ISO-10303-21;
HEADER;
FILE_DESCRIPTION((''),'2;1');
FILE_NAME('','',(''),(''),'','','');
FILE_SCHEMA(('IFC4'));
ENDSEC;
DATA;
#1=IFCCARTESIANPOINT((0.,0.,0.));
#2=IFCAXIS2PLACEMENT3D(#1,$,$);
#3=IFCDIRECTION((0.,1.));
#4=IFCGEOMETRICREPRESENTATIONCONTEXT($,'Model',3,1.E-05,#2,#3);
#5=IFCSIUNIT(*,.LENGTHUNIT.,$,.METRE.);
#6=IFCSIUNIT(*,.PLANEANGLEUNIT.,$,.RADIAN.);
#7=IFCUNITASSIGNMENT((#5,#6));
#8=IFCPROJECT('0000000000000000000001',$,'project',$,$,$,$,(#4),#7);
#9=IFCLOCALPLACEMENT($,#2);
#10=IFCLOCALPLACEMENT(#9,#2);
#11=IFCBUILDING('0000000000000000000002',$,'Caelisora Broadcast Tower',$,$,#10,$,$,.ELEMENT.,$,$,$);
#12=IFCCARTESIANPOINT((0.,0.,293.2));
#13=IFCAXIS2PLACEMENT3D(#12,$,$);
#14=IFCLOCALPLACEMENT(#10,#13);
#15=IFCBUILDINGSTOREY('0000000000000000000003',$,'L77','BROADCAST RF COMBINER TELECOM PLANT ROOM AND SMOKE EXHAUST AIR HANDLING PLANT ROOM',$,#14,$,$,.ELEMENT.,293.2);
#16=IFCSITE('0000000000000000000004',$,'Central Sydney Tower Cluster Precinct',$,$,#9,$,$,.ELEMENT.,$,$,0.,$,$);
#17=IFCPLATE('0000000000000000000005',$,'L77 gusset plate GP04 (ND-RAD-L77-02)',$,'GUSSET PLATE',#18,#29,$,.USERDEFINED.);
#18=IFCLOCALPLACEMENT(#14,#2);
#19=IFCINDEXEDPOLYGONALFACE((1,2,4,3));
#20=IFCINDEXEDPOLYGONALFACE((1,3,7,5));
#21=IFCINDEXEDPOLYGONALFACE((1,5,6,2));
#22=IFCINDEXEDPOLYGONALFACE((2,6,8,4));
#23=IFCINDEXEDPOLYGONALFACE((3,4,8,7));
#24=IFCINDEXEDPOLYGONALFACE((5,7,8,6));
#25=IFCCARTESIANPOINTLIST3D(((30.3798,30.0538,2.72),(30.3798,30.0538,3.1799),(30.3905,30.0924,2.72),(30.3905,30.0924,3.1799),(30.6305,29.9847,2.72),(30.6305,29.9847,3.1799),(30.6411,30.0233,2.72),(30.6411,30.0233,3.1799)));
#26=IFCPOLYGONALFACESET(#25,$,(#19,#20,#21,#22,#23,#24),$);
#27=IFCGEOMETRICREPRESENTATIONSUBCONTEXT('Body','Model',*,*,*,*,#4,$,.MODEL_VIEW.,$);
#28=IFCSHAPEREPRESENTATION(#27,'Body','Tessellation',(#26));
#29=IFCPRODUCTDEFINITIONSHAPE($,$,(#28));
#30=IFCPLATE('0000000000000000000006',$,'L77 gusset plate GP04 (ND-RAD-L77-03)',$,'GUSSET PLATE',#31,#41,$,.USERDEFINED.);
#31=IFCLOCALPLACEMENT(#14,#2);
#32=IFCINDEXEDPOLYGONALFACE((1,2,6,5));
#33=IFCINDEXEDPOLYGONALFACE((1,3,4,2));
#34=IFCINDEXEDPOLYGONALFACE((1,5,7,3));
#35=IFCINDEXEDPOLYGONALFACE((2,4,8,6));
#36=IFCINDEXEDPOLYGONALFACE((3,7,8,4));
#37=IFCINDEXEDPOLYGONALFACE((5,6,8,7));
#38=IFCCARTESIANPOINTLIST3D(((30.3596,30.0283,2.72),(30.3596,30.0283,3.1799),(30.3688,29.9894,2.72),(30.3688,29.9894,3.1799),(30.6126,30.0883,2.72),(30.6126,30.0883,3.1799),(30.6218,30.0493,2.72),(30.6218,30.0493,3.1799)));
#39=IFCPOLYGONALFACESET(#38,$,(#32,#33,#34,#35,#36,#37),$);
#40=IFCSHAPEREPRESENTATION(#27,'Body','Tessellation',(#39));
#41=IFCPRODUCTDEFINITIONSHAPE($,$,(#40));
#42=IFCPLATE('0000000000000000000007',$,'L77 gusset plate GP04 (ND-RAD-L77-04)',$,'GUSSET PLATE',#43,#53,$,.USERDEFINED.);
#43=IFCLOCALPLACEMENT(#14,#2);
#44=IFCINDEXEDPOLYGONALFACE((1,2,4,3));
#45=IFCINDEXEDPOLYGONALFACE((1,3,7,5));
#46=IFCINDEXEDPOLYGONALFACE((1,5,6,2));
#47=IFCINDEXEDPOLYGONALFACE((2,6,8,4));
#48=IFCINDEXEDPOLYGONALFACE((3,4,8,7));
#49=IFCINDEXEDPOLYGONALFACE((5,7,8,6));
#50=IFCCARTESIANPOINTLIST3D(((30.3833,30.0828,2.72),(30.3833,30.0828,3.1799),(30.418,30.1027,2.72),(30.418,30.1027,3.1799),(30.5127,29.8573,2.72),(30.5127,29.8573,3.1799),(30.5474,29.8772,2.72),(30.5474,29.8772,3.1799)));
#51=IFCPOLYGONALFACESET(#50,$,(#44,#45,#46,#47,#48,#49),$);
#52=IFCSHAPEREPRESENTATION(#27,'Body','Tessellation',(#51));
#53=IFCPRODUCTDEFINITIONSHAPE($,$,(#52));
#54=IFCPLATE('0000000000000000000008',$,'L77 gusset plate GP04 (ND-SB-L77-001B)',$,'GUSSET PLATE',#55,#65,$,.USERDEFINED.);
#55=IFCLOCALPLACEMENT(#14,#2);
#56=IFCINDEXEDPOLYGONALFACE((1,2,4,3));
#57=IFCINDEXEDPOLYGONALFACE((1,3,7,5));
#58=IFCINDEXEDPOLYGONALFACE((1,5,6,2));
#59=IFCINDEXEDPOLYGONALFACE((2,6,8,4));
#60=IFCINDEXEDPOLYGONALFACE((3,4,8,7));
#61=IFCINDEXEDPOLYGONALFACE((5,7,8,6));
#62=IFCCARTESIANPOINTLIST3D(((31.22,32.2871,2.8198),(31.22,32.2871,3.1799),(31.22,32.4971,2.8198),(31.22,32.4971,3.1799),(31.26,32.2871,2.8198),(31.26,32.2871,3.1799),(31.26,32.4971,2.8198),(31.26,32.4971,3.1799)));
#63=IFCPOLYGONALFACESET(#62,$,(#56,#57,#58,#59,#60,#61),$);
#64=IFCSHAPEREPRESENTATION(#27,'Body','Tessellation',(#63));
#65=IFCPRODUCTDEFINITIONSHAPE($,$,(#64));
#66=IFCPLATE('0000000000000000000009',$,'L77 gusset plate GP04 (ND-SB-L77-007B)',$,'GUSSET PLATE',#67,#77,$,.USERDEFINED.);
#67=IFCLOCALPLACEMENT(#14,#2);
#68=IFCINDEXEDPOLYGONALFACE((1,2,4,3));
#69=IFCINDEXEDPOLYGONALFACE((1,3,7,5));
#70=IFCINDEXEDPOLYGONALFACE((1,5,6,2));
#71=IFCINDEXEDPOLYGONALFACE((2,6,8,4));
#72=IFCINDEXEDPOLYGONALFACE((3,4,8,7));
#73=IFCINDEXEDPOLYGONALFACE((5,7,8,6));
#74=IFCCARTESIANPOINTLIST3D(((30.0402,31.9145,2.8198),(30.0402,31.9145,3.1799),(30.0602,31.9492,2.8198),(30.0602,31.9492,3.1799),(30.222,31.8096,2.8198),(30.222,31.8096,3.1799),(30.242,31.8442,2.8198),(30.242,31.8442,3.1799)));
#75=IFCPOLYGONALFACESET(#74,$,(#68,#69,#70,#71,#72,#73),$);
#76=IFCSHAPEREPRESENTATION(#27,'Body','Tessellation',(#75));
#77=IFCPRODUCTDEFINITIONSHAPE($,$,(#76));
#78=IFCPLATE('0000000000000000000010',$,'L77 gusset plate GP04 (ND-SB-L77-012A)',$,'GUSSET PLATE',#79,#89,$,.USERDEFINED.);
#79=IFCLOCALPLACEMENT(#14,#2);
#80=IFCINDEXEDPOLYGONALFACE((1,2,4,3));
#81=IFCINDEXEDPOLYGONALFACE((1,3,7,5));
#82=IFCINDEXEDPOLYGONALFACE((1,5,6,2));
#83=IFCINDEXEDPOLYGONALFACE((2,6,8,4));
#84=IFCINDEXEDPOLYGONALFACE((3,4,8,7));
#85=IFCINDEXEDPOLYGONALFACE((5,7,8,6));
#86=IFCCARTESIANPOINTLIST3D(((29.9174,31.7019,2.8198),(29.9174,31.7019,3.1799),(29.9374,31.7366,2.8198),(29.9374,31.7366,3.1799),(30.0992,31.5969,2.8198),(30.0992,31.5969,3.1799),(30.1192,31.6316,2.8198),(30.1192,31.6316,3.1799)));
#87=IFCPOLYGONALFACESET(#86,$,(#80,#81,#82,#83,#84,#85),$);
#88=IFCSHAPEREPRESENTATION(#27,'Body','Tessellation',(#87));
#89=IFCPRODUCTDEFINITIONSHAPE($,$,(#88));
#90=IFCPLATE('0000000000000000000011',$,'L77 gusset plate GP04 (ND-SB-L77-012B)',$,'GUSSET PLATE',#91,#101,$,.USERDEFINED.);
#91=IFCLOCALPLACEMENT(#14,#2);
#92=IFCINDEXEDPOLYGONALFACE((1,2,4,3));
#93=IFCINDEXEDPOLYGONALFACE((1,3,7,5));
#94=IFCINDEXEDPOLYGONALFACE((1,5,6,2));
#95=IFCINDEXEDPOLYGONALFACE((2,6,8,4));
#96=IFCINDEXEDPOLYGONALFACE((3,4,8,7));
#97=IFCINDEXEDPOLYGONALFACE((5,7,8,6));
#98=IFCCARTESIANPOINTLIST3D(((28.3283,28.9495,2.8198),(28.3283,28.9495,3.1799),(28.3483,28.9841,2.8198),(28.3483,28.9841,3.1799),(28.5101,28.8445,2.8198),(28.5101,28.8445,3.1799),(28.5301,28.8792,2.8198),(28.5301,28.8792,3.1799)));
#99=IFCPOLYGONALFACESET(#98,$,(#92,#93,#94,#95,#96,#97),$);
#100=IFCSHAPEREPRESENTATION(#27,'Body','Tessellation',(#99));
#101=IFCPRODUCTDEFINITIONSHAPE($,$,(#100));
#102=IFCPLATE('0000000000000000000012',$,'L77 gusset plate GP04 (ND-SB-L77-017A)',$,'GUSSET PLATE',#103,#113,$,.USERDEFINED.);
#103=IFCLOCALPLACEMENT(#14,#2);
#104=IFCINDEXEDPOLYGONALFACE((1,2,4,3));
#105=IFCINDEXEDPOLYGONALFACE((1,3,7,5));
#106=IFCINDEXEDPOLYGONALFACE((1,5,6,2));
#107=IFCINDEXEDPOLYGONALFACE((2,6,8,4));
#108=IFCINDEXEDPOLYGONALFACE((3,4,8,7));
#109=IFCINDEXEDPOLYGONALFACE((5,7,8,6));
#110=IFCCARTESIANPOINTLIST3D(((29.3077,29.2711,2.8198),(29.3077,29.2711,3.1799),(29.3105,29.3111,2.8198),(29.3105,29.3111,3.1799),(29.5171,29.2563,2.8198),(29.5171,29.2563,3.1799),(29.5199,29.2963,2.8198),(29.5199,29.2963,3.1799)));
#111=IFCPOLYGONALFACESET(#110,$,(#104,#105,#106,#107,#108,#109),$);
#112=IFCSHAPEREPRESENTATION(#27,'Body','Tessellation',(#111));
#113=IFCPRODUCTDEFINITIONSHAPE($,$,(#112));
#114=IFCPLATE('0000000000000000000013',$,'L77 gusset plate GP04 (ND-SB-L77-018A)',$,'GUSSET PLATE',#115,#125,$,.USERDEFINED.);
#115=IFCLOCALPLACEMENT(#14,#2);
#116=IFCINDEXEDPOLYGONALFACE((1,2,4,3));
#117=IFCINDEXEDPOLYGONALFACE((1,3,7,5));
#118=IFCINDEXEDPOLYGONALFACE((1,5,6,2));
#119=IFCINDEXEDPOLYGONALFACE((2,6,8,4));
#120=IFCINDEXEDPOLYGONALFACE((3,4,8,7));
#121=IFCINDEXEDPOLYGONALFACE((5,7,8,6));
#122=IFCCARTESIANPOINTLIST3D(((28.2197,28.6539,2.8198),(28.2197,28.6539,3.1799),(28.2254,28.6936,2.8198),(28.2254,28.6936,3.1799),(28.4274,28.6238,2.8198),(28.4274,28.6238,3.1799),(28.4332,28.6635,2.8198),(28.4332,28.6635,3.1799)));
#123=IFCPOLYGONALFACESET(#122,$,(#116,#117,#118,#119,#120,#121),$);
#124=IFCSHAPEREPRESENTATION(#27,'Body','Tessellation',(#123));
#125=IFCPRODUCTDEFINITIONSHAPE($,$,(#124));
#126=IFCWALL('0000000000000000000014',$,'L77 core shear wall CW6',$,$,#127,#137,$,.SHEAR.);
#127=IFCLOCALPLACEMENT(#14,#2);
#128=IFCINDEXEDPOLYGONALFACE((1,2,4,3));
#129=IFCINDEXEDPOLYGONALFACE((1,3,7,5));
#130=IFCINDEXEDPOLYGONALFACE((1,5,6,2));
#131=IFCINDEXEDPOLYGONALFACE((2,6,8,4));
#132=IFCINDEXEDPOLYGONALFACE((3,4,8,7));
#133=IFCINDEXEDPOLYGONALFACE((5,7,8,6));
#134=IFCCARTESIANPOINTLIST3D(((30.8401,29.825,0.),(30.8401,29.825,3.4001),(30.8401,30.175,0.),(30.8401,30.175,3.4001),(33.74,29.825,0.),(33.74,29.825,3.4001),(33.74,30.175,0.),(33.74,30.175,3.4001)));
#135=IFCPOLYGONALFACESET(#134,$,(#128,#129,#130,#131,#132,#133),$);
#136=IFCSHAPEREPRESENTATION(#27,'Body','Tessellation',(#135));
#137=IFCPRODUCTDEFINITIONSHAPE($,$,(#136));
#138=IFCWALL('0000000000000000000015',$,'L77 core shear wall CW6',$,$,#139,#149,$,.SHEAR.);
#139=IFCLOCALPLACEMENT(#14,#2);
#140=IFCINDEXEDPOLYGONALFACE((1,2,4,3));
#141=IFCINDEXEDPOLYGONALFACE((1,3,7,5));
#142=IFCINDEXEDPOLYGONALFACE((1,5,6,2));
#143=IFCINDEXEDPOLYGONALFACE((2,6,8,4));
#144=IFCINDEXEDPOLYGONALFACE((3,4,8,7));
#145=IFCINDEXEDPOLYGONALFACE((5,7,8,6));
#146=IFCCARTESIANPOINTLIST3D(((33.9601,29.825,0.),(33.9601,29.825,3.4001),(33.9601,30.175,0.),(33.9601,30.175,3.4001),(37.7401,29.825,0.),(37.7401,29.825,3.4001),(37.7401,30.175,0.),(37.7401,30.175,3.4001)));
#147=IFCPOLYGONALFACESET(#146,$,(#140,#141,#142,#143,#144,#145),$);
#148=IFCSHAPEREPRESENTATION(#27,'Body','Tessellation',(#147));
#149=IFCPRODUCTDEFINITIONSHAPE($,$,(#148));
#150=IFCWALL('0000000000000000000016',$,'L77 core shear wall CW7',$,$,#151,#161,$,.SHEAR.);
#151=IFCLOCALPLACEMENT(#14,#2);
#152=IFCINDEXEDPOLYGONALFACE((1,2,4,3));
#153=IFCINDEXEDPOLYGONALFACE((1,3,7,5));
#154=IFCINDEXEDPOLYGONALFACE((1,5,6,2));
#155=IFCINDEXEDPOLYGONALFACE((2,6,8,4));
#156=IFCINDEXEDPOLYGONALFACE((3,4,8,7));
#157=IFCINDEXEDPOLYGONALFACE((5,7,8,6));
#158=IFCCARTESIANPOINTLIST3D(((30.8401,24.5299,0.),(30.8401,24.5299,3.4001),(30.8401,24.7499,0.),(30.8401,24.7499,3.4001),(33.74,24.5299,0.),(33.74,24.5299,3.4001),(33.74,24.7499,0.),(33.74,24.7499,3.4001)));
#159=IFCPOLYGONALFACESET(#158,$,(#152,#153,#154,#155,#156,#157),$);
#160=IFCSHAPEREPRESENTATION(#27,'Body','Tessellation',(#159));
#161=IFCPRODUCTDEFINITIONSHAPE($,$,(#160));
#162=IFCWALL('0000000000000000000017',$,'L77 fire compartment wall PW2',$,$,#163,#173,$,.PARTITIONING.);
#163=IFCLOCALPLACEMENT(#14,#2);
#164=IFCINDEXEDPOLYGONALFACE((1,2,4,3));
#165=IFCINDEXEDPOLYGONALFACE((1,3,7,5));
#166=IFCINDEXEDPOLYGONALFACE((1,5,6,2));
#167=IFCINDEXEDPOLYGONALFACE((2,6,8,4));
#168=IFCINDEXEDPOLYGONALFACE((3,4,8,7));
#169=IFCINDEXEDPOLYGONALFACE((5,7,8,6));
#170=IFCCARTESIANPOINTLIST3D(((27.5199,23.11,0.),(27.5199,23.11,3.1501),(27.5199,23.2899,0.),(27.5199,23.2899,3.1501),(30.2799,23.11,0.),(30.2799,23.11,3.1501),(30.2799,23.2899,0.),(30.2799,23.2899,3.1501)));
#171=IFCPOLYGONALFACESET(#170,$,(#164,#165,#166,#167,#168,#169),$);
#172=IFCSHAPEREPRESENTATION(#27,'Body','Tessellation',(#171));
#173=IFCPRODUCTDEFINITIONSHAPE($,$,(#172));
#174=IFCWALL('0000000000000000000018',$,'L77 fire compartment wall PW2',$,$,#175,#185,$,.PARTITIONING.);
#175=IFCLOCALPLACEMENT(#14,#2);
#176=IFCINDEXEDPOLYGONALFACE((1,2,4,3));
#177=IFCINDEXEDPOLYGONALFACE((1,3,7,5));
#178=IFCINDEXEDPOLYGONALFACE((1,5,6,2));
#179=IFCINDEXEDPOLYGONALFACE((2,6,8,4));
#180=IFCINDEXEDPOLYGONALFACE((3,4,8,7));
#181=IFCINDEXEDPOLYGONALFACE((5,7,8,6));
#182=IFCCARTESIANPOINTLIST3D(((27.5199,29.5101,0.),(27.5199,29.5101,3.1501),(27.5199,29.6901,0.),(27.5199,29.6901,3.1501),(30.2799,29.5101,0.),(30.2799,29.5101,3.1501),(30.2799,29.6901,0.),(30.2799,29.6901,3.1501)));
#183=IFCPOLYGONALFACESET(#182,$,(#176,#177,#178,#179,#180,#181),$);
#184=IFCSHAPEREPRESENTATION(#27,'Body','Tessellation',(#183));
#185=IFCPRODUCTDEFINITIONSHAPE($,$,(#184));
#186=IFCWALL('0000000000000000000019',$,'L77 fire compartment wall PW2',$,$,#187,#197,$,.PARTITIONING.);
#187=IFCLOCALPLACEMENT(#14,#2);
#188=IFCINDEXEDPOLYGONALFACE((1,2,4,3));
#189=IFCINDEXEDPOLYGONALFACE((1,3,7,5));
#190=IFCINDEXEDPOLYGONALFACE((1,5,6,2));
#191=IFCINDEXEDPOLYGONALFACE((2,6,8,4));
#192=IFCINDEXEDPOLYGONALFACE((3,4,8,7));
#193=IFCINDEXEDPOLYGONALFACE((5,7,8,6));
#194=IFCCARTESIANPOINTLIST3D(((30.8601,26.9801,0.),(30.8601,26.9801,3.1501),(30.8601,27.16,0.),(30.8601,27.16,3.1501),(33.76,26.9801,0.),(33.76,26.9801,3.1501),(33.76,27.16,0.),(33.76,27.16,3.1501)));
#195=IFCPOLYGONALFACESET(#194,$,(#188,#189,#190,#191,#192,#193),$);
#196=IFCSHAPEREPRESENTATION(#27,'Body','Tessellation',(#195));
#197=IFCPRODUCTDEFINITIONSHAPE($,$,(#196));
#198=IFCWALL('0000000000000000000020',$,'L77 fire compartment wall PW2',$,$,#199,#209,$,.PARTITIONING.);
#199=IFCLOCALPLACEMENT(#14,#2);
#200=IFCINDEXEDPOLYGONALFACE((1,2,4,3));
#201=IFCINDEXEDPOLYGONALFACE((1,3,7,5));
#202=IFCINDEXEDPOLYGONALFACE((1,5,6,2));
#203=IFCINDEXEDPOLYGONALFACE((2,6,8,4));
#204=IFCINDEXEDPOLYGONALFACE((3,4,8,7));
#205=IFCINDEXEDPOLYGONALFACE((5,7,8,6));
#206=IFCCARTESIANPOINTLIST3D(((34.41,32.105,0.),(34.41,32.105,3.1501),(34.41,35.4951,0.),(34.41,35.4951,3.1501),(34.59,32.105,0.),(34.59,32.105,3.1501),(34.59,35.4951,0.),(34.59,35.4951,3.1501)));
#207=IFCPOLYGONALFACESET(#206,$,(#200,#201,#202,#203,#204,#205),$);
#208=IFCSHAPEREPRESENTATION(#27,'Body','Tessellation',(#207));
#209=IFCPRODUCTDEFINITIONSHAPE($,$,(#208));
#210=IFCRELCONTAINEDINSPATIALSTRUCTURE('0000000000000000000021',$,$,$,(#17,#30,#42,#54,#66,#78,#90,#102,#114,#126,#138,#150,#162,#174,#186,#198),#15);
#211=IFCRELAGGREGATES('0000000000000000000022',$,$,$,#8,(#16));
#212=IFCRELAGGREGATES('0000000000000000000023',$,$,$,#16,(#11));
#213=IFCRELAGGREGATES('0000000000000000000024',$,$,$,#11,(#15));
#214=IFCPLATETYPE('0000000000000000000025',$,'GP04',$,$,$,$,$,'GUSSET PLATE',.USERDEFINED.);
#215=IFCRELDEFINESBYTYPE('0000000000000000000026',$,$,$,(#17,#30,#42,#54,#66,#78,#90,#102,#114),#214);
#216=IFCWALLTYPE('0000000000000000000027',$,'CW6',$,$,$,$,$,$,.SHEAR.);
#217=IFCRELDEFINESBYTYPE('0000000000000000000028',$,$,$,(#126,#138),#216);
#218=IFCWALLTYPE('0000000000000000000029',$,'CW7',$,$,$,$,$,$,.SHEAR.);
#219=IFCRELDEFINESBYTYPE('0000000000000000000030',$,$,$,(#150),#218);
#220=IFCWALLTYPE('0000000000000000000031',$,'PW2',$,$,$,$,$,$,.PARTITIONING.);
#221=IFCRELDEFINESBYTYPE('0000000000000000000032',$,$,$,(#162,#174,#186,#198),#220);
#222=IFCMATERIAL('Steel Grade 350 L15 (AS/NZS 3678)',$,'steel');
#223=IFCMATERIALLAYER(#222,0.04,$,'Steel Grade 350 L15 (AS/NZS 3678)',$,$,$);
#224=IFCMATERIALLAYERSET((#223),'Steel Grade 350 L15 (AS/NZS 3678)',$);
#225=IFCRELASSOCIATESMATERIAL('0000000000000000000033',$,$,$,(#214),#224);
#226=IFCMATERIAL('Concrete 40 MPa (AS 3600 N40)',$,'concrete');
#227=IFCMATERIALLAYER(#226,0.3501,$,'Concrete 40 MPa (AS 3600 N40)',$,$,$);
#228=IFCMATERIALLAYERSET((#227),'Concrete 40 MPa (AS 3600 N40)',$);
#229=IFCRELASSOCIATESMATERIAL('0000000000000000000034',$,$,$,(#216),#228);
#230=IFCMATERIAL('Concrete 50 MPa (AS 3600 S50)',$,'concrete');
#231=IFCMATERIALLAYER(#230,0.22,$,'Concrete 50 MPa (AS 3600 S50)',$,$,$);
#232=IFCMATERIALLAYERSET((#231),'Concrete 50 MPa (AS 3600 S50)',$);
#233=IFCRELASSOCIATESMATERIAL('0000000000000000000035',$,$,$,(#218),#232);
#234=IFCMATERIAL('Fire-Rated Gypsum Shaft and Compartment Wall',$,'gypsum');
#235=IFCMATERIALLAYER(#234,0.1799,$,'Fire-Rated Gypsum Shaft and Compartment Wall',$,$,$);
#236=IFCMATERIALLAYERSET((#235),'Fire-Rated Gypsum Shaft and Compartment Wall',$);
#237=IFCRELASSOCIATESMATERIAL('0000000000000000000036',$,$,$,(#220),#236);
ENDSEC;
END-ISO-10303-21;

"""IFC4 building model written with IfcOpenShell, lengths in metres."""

from ifc_helpers import new_model, si_unit, direction, frame, frame_2d, origin, origin_2d, place, context, subcontext, project, spatial, rectangle, extrude, source, transform, mapped, material, layer, layer_set, type_object, type_shapes, element, save


model = new_model("IFC4")

# Units and contexts
model_context = context("Model", 3, precision=1e-05, world=origin(), true_north=direction((0.0, 1.0)))
body_context = subcontext(model_context, "Body", "Model", "MODEL_VIEW")
ifc_project = project(units=[si_unit("LENGTHUNIT", "METRE"), si_unit("PLANEANGLEUNIT", "RADIAN")], contexts=[model_context])

# Site, building, storey
site_placement = place(None, origin())
site = spatial("IfcSite", under=ifc_project, at=site_placement, Name="Central Sydney Tower Cluster Precinct", CompositionType="ELEMENT", RefElevation=0.0)
building_placement = place(site_placement, origin())
building = spatial("IfcBuilding", under=site, at=building_placement, Name="Caelisora Broadcast Tower", CompositionType="ELEMENT")
storey_placement = place(building_placement, frame((0.0, 0.0, 293.2)))
storey = spatial("IfcBuildingStorey", under=building, at=storey_placement, Name="L77", Description="BROADCAST RF COMBINER TELECOM PLANT ROOM AND SMOKE EXHAUST AIR HANDLING PLANT ROOM", CompositionType="ELEMENT", Elevation=293.2)

# Plates
ifc_material_1 = material(Name="Steel Grade 350 L15 (AS/NZS 3678)", Category="steel")
ifc_layer_1 = layer(ifc_material_1, 0.04, Name="Steel Grade 350 L15 (AS/NZS 3678)")
ifc_layer_set_1 = layer_set([ifc_layer_1], Name="Steel Grade 350 L15 (AS/NZS 3678)")
plate_type = type_object("IfcPlateType", Name="GP04", ElementType="GUSSET PLATE", PredefinedType="USERDEFINED", material=ifc_layer_set_1)
shared_shape_1 = source(origin(), body_context, "Body", "SweptSolid", [
    extrude(rectangle(XDim=0.26, YDim=0.04, at=origin_2d()), origin(), (0.0, 0.0, 1.0), 0.46),
])
for number, where, z_axis, x_axis, name in (
    (1, (30.5105, 30.0386, 2.72), (0.0, 0.0, 1.0), (-0.964049, 0.265724, 0.0), "L77 gusset plate GP04 (ND-RAD-L77-02)"),
    (2, (30.4907, 30.0388, 2.72), (0.0, 0.0, 1.0), (-0.973058, -0.230559, 0.0), "L77 gusset plate GP04 (ND-RAD-L77-03)"),
    (3, (30.4653, 29.98, 2.72), (0.0, 0.0, 1.0), (0.49758, -0.867418, 0.0), "L77 gusset plate GP04 (ND-RAD-L77-04)"),
):
    element("IfcPlate", number, at=place(storey_placement, frame(where, z_axis=z_axis, x_axis=x_axis)), inside=storey, type_object=plate_type, Name=name, ObjectType="GUSSET PLATE", PredefinedType="USERDEFINED", context=body_context, shape_type="MappedRepresentation", body=[
        mapped(shared_shape_1, transform((0.0, 0.0, 0.0), scale=1.0)),
    ])
shared_shape_2 = source(origin(), body_context, "Body", "SweptSolid", [
    extrude(rectangle(XDim=0.21, YDim=0.04, at=origin_2d()), origin(), (0.0, 0.0, 1.0), 0.3601),
])
type_shapes(plate_type, [shared_shape_1, shared_shape_2])
for number, where, z_axis, x_axis, name in (
    (4, (31.24, 32.3921, 2.8198), (0.0, 0.0, 1.0), (0.0, -1.0, 0.0), "L77 gusset plate GP04 (ND-SB-L77-001B)"),
    (5, (30.1411, 31.8794, 2.8198), (0.0, 0.0, 1.0), (0.866025, -0.5, 0.0), "L77 gusset plate GP04 (ND-SB-L77-007B)"),
    (6, (30.0183, 31.6667, 2.8198), (0.0, 0.0, 1.0), (0.866025, -0.5, 0.0), "L77 gusset plate GP04 (ND-SB-L77-012A)"),
    (7, (28.4292, 28.9143, 2.8198), (0.0, 0.0, 1.0), (0.866025, -0.5, 0.0), "L77 gusset plate GP04 (ND-SB-L77-012B)"),
    (8, (29.4138, 29.2837, 2.8198), (0.0, 0.0, 1.0), (0.997515, -0.070453, 0.0), "L77 gusset plate GP04 (ND-SB-L77-017A)"),
    (9, (28.3264, 28.6587, 2.8198), (0.0, 0.0, 1.0), (0.989676, -0.14332, 0.0), "L77 gusset plate GP04 (ND-SB-L77-018A)"),
):
    element("IfcPlate", number, at=place(storey_placement, frame(where, z_axis=z_axis, x_axis=x_axis)), inside=storey, type_object=plate_type, Name=name, ObjectType="GUSSET PLATE", PredefinedType="USERDEFINED", context=body_context, shape_type="MappedRepresentation", body=[
        mapped(shared_shape_2, transform((0.0, 0.0, 0.0), scale=1.0)),
    ])

# Walls
ifc_material_2 = material(Name="Concrete 40 MPa (AS 3600 N40)", Category="concrete")
ifc_layer_2 = layer(ifc_material_2, 0.3501, Name="Concrete 40 MPa (AS 3600 N40)")
ifc_layer_set_2 = layer_set([ifc_layer_2], Name="Concrete 40 MPa (AS 3600 N40)")
wall_type_1 = type_object("IfcWallType", Name="CW6", PredefinedType="SHEAR", material=ifc_layer_set_2)
wall_1_placement = place(storey_placement, frame((30.8401, 30.0, 0.0), z_axis=(0.0, 0.0, 1.0), x_axis=(1.0, 0.0, 0.0)))
element("IfcWall", 10, at=wall_1_placement, inside=storey, type_object=wall_type_1, Name="L77 core shear wall CW6", PredefinedType="SHEAR", context=body_context, shape_type="SweptSolid", body=[
    extrude(rectangle(XDim=2.8999, YDim=0.3501, at=frame_2d((1.45, 0.0))), origin(), (0.0, 0.0, 1.0), 3.4001),
])
wall_2_placement = place(storey_placement, frame((33.96, 30.0, 0.0), z_axis=(0.0, 0.0, 1.0), x_axis=(1.0, 0.0, 0.0)))
element("IfcWall", 11, at=wall_2_placement, inside=storey, type_object=wall_type_1, Name="L77 core shear wall CW6", PredefinedType="SHEAR", context=body_context, shape_type="SweptSolid", body=[
    extrude(rectangle(XDim=3.78, YDim=0.3501, at=frame_2d((1.8901, 0.0))), origin(), (0.0, 0.0, 1.0), 3.4001),
])
ifc_material_3 = material(Name="Concrete 50 MPa (AS 3600 S50)", Category="concrete")
ifc_layer_3 = layer(ifc_material_3, 0.22, Name="Concrete 50 MPa (AS 3600 S50)")
ifc_layer_set_3 = layer_set([ifc_layer_3], Name="Concrete 50 MPa (AS 3600 S50)")
wall_type_2 = type_object("IfcWallType", Name="CW7", PredefinedType="SHEAR", material=ifc_layer_set_3)
wall_3_placement = place(storey_placement, frame((30.8401, 24.6399, 0.0), z_axis=(0.0, 0.0, 1.0), x_axis=(1.0, 0.0, 0.0)))
element("IfcWall", 12, at=wall_3_placement, inside=storey, type_object=wall_type_2, Name="L77 core shear wall CW7", PredefinedType="SHEAR", context=body_context, shape_type="SweptSolid", body=[
    extrude(rectangle(XDim=2.8999, YDim=0.22, at=frame_2d((1.45, 0.0))), origin(), (0.0, 0.0, 1.0), 3.4001),
])

# Shared definitions
ifc_material_4 = material(Name="Fire-Rated Gypsum Shaft and Compartment Wall", Category="gypsum")
ifc_layer_4 = layer(ifc_material_4, 0.1799, Name="Fire-Rated Gypsum Shaft and Compartment Wall")
ifc_layer_set_4 = layer_set([ifc_layer_4], Name="Fire-Rated Gypsum Shaft and Compartment Wall")
wall_type_3 = type_object("IfcWallType", Name="PW2", PredefinedType="PARTITIONING", material=ifc_layer_set_4)

# Walls
for number, where, z_axis, x_axis, name in (
    (13, (27.52, 23.2, 0.0), (0.0, 0.0, 1.0), (1.0, 0.0, 0.0), "L77 fire compartment wall PW2"),
    (14, (27.52, 29.6001, 0.0), (0.0, 0.0, 1.0), (1.0, 0.0, 0.0), "L77 fire compartment wall PW2"),
):
    element("IfcWall", number, at=place(storey_placement, frame(where, z_axis=z_axis, x_axis=x_axis)), inside=storey, type_object=wall_type_3, Name=name, PredefinedType="PARTITIONING", context=body_context, shape_type="SweptSolid", body=[
        extrude(rectangle(XDim=2.76, YDim=0.1799, at=frame_2d((1.3799, 0.0))), origin(), (0.0, 0.0, 1.0), 3.1501),
    ])
wall_4_placement = place(storey_placement, frame((30.8601, 27.0701, 0.0), z_axis=(0.0, 0.0, 1.0), x_axis=(1.0, 0.0, 0.0)))
element("IfcWall", 15, at=wall_4_placement, inside=storey, type_object=wall_type_3, Name="L77 fire compartment wall PW2", PredefinedType="PARTITIONING", context=body_context, shape_type="SweptSolid", body=[
    extrude(rectangle(XDim=2.8999, YDim=0.1799, at=frame_2d((1.45, 0.0))), origin(), (0.0, 0.0, 1.0), 3.1501),
])

# Wall
wall_5_placement = place(storey_placement, frame((34.5, 32.105, 0.0), z_axis=(0.0, 0.0, 1.0), x_axis=(0.0, 1.0, 0.0)))
element("IfcWall", 16, at=wall_5_placement, inside=storey, type_object=wall_type_3, Name="L77 fire compartment wall PW2", PredefinedType="PARTITIONING", context=body_context, shape_type="SweptSolid", body=[
    extrude(rectangle(XDim=3.3901, YDim=0.1799, at=frame_2d((1.6951, 0.0))), origin(), (0.0, 0.0, 1.0), 3.1501),
])

save(model, "model.ifc")
